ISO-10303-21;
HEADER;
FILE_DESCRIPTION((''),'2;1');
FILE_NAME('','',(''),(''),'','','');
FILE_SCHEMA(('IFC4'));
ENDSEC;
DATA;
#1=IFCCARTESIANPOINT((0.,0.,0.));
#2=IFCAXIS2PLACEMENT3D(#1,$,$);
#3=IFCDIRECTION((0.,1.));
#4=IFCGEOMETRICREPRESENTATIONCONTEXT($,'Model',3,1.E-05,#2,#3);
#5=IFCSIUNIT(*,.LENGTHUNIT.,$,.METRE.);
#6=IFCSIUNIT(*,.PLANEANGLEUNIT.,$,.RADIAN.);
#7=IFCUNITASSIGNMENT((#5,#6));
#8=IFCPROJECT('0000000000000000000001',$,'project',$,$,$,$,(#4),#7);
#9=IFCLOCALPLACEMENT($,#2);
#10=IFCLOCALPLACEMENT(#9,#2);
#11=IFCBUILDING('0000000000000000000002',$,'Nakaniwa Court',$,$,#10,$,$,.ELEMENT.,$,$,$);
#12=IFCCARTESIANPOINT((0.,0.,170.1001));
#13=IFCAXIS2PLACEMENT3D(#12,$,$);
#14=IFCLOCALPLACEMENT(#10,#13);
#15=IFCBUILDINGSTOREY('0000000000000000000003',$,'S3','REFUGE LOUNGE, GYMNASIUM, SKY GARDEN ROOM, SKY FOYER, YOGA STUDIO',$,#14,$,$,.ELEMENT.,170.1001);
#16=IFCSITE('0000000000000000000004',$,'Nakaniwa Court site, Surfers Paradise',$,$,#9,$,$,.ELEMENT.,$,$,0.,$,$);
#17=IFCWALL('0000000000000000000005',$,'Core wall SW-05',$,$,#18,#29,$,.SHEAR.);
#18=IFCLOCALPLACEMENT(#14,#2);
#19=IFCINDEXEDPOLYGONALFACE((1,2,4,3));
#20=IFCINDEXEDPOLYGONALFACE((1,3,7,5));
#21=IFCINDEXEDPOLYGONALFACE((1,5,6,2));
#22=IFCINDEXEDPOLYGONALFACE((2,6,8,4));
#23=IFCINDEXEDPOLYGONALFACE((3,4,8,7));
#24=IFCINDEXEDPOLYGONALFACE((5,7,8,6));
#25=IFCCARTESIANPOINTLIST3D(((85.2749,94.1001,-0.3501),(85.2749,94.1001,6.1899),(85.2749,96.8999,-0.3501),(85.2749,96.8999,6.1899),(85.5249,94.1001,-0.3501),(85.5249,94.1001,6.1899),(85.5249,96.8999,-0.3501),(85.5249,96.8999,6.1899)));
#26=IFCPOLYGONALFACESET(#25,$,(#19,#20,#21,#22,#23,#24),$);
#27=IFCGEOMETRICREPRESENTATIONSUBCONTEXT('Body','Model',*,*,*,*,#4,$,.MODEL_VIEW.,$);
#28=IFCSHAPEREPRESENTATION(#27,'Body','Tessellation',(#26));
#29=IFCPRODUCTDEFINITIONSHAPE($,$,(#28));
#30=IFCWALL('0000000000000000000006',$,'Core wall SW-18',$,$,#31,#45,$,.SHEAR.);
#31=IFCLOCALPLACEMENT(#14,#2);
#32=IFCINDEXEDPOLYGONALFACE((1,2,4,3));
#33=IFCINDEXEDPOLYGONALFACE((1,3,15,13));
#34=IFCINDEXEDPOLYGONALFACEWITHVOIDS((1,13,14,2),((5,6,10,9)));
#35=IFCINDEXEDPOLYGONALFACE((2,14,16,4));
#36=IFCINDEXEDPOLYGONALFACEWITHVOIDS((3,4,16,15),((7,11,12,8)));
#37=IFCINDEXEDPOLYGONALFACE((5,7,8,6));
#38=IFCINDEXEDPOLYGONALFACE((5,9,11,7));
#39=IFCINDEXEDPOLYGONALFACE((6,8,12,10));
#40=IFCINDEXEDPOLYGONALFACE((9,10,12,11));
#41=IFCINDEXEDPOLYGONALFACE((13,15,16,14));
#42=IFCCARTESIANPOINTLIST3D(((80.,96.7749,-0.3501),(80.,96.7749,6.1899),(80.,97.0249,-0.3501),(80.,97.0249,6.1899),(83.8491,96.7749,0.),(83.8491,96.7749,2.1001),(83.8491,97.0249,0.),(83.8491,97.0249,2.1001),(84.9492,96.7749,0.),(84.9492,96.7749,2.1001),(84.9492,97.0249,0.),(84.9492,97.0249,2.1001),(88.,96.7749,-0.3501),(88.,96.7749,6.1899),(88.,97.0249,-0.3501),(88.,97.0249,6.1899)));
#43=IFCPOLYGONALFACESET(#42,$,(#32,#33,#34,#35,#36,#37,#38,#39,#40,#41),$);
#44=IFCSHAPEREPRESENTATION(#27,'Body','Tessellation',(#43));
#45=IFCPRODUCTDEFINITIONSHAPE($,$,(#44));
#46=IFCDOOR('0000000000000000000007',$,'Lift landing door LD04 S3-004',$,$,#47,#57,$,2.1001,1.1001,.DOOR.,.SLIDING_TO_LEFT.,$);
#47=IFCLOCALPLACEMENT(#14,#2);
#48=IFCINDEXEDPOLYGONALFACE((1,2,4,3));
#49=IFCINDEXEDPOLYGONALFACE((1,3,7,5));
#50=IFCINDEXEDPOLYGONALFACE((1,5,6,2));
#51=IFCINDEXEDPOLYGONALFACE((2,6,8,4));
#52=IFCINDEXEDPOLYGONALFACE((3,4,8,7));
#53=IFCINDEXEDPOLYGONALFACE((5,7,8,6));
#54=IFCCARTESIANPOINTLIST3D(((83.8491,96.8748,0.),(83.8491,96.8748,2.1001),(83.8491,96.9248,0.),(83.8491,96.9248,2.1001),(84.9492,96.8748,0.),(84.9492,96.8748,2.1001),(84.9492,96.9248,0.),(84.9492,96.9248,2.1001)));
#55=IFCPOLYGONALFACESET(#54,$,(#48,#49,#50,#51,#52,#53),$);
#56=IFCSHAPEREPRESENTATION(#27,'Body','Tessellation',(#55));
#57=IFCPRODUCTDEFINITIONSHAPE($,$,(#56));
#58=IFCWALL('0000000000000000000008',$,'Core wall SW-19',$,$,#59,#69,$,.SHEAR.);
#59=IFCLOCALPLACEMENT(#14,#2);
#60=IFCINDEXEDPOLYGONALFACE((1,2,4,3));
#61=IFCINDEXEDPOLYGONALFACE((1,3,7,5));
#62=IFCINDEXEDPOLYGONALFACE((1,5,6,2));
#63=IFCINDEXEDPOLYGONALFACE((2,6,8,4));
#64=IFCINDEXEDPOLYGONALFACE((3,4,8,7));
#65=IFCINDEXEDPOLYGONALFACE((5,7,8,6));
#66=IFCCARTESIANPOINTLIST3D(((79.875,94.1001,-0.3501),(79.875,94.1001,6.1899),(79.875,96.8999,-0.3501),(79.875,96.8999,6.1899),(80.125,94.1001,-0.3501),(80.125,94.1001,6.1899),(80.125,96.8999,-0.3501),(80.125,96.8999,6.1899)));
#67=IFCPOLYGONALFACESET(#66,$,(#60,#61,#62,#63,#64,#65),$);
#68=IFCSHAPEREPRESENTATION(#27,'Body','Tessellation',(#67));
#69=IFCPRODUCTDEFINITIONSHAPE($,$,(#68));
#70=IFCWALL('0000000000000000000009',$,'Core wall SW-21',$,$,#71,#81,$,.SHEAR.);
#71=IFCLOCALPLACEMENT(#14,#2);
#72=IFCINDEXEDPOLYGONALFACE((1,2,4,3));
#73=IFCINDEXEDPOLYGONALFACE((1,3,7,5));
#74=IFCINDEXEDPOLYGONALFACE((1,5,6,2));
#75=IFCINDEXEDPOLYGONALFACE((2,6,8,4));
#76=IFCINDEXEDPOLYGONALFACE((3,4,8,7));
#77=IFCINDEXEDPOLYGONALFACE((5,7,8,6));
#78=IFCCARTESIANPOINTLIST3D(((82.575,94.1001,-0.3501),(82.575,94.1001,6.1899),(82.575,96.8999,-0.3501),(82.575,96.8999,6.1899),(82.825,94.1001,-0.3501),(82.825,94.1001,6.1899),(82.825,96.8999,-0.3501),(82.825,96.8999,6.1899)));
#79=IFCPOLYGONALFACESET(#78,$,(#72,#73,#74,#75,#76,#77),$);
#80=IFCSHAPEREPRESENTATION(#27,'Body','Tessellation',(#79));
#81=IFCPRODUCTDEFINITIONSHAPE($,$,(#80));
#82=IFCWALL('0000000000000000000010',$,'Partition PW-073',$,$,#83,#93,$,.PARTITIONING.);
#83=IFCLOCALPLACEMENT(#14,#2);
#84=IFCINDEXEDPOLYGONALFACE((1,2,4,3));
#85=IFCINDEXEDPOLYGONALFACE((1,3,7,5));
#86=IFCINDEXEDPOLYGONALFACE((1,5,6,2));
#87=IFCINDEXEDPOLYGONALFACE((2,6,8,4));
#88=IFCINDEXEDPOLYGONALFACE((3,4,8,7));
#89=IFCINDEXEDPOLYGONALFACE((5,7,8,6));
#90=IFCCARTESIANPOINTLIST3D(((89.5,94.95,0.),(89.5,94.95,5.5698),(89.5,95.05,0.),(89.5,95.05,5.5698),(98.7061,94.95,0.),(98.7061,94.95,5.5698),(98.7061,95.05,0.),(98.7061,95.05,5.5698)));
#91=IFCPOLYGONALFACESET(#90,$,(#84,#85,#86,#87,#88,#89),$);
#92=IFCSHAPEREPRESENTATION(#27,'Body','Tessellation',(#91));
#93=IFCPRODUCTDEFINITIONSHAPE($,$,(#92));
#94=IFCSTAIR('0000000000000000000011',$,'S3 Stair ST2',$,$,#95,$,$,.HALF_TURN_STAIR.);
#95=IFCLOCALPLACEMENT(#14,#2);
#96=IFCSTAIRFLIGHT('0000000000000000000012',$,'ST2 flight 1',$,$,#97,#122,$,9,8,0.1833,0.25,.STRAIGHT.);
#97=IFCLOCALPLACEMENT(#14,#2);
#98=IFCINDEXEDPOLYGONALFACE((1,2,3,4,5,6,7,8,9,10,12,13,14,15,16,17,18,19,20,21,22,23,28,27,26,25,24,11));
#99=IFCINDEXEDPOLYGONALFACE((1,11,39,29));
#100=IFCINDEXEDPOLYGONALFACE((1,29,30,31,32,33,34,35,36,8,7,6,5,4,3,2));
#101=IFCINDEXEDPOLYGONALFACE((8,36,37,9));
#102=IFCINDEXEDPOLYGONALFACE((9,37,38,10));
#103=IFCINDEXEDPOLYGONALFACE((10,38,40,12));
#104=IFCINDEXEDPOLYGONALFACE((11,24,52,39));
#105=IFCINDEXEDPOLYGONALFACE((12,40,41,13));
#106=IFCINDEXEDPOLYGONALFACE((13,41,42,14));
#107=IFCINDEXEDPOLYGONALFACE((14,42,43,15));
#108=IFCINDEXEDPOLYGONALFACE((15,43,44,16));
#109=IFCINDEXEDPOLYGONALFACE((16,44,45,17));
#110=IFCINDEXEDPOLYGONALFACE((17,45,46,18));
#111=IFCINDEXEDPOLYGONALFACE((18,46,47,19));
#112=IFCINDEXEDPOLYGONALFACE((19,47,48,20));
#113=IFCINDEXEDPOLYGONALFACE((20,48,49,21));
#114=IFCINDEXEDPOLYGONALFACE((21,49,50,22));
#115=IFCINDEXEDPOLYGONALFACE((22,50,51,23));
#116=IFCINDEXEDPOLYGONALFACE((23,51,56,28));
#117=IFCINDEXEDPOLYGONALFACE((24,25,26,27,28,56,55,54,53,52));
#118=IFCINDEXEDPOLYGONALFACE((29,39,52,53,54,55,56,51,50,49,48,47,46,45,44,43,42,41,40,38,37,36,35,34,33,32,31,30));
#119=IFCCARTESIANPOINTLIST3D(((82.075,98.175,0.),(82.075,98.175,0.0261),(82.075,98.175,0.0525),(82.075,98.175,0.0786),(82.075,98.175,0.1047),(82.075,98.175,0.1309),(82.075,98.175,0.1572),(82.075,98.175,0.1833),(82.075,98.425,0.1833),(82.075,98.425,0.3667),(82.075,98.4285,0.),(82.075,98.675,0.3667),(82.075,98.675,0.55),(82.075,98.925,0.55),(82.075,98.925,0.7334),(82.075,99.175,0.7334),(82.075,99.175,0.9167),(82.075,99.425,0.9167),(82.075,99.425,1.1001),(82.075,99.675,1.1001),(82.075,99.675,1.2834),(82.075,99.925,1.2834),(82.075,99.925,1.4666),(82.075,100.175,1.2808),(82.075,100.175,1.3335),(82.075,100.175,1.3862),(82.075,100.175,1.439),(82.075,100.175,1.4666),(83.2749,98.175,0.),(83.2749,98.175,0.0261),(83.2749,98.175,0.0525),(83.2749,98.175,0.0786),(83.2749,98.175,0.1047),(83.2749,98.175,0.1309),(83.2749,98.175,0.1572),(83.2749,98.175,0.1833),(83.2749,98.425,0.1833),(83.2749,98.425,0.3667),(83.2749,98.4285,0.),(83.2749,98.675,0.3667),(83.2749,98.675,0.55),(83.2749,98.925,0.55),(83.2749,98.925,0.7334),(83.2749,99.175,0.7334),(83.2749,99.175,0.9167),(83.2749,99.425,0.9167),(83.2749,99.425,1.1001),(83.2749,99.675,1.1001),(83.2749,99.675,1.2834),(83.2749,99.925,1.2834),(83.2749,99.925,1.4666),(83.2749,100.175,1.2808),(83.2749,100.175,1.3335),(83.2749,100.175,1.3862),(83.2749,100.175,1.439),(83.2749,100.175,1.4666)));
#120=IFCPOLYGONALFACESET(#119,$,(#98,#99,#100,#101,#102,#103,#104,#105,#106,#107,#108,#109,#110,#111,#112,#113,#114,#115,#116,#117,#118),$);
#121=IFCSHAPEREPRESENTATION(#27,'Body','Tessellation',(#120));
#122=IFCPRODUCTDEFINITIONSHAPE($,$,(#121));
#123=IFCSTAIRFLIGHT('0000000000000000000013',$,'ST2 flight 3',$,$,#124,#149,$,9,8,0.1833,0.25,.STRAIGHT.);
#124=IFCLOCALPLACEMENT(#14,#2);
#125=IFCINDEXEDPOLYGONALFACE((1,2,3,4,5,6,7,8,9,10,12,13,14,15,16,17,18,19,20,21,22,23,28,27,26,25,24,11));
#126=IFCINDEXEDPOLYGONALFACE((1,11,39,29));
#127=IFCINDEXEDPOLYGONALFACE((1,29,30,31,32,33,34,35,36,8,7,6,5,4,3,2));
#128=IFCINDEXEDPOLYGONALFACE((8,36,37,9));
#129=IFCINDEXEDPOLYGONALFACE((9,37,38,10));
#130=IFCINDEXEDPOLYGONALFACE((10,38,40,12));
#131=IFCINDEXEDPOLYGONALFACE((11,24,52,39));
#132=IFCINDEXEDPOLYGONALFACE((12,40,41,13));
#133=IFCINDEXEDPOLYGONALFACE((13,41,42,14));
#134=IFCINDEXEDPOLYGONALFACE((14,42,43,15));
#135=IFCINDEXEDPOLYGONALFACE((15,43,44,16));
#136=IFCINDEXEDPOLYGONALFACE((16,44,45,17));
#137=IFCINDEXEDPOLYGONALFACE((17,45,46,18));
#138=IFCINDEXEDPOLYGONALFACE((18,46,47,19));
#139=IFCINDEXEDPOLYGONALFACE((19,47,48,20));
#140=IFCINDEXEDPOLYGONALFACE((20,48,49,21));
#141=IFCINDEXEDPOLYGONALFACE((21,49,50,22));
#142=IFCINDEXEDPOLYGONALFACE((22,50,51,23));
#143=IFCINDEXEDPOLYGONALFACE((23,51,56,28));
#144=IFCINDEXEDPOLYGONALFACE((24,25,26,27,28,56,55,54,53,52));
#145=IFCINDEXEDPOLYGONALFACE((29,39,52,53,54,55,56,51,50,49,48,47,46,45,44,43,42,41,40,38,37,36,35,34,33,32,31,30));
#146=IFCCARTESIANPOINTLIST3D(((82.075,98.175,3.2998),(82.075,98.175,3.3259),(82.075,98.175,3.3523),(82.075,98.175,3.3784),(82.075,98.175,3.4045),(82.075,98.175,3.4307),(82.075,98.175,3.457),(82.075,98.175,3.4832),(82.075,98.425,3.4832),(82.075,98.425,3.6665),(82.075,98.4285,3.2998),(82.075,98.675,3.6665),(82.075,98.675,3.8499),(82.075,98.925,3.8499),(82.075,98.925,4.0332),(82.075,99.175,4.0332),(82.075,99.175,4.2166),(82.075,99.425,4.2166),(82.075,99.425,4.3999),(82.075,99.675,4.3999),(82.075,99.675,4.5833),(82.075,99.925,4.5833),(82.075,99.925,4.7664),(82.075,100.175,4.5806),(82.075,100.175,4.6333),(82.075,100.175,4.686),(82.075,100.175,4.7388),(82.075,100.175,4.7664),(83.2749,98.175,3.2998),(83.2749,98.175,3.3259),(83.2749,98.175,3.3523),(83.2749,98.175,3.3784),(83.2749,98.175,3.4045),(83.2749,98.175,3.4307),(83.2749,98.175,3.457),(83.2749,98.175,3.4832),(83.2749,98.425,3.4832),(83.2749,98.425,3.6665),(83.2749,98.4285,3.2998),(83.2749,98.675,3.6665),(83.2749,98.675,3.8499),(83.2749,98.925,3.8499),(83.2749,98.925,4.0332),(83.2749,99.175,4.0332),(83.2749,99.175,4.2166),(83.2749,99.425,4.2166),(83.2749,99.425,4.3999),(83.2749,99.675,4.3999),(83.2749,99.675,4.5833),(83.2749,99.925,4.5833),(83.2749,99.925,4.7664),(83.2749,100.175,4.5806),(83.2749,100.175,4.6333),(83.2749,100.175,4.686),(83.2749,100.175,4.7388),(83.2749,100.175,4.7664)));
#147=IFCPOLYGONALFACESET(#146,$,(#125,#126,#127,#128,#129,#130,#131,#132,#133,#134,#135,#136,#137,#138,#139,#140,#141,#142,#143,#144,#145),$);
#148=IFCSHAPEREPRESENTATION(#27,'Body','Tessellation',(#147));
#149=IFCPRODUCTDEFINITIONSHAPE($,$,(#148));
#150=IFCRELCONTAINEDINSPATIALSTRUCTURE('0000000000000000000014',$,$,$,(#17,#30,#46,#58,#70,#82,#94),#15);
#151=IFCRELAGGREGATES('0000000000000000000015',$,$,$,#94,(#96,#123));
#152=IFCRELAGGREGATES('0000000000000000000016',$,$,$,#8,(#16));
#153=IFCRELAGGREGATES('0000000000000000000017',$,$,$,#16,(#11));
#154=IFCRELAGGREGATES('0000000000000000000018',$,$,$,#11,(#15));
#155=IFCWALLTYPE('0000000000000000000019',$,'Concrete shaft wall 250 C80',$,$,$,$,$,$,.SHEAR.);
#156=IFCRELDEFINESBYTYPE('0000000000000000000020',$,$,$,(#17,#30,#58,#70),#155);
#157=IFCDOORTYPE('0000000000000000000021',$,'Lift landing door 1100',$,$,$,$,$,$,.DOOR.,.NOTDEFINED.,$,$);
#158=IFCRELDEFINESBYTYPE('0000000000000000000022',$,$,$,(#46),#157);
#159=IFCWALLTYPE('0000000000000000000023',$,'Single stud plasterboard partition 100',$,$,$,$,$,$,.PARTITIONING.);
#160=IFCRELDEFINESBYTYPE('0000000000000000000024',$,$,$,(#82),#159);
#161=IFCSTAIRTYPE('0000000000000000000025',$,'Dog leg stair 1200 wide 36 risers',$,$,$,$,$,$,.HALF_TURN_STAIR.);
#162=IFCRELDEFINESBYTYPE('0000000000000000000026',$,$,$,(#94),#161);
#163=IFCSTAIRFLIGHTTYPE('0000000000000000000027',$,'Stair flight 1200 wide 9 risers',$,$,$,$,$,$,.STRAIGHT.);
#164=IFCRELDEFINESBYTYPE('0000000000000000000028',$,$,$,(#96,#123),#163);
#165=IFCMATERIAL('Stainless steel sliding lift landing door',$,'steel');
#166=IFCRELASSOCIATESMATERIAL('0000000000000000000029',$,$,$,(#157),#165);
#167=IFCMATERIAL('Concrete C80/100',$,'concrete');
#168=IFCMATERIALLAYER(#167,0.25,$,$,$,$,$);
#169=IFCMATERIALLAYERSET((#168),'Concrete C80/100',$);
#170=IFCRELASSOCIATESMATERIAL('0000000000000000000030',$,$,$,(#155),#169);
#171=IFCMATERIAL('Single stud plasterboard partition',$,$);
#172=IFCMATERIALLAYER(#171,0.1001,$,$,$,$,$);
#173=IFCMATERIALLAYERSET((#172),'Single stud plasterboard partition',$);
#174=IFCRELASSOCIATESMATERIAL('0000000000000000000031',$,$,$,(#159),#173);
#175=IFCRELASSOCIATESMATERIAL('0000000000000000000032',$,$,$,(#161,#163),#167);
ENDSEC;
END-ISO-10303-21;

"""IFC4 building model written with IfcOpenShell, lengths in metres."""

from ifc_helpers import new_model, si_unit, direction, frame, frame_2d, origin, place, context, subcontext, project, spatial, polyline, rectangle, outline, extrude, material, layer, layer_set, type_object, element, fill, aggregate, save


model = new_model("IFC4")

# Units and contexts
model_context = context("Model", 3, precision=1e-05, world=origin(), true_north=direction((0.0, 1.0)))
body_context = subcontext(model_context, "Body", "Model", "MODEL_VIEW")
ifc_project = project(units=[si_unit("LENGTHUNIT", "METRE"), si_unit("PLANEANGLEUNIT", "RADIAN")], contexts=[model_context])

# Site, building, storey
site_placement = place(None, origin())
site = spatial("IfcSite", under=ifc_project, at=site_placement, Name="Nakaniwa Court site, Surfers Paradise", CompositionType="ELEMENT", RefElevation=0.0)
building_placement = place(site_placement, origin())
building = spatial("IfcBuilding", under=site, at=building_placement, Name="Nakaniwa Court", CompositionType="ELEMENT")
storey_placement = place(building_placement, frame((0.0, 0.0, 170.1001)))
storey = spatial("IfcBuildingStorey", under=building, at=storey_placement, Name="S3", Description="REFUGE LOUNGE, GYMNASIUM, SKY GARDEN ROOM, SKY FOYER, YOGA STUDIO", CompositionType="ELEMENT", Elevation=170.1001)

# Shared definitions
ifc_material_1 = material(Name="Concrete C80/100", Category="concrete")

# Shared definitions
ifc_material_2 = material(Name="Stainless steel sliding lift landing door", Category="steel")
door_type_1 = type_object("IfcDoorType", Name="Lift landing door 1100", OperationType="NOTDEFINED", PredefinedType="DOOR", material=ifc_material_2)

# Wall
ifc_layer_1 = layer(ifc_material_1, 0.25)
ifc_layer_set_1 = layer_set([ifc_layer_1], Name="Concrete C80/100")
wall_type_1 = type_object("IfcWallType", Name="Concrete shaft wall 250 C80", PredefinedType="SHEAR", material=ifc_layer_set_1)
wall_1_placement = place(storey_placement, frame((85.3999, 94.1001, -0.3501), z_axis=(0.0, 0.0, 1.0), x_axis=(0.0, 1.0, 0.0)))
element("IfcWall", 1, at=wall_1_placement, inside=storey, type_object=wall_type_1, Name="Core wall SW-05", PredefinedType="SHEAR", context=body_context, shape_type="SweptSolid", body=[
    extrude(rectangle(XDim=2.7998, YDim=0.25, at=frame_2d((1.3999, 0.0))), origin(), (0.0, 0.0, 1.0), 6.54),
])

# Wall, opening, door
wall_2_placement = place(storey_placement, frame((80.0, 96.8999, -0.3501), z_axis=(0.0, 0.0, 1.0), x_axis=(1.0, 0.0, 0.0)))
wall_2 = element("IfcWall", 2, at=wall_2_placement, inside=storey, type_object=wall_type_1, Name="Core wall SW-18", PredefinedType="SHEAR", context=body_context, shape_type="SweptSolid", body=[
    extrude(rectangle(XDim=8.0, YDim=0.25, at=frame_2d((4.0, 0.0))), origin(), (0.0, 0.0, 1.0), 6.54),
])
opening_1_placement = place(wall_2_placement, frame((3.8491, 0.0, 0.3501)))
opening_1 = element("IfcOpeningElement", 3, at=opening_1_placement, cuts=wall_2, PredefinedType="OPENING", context=body_context, shape_type="SweptSolid", body=[
    extrude(rectangle(XDim=1.1001, YDim=2.1001, at=frame_2d((0.55, 1.05))), frame((0.0, 0.135, 0.0), z_axis=(0.0, -1.0, 0.0), x_axis=(1.0, 0.0, 0.0)), (0.0, 0.0, 1.0), 0.27),
])
door_1_placement = place(opening_1_placement, origin())
door_1 = element("IfcDoor", 4, at=door_1_placement, inside=storey, type_object=door_type_1, Name="Lift landing door LD04 S3-004", OperationType="SLIDING_TO_LEFT", OverallHeight=2.1001, OverallWidth=1.1001, PredefinedType="DOOR", context=body_context, shape_type="SweptSolid", body=[
    extrude(rectangle(XDim=1.1001, YDim=2.1001, at=frame_2d((0.55, 1.05))), frame((0.0, 0.0249, 0.0), z_axis=(0.0, -1.0, 0.0), x_axis=(1.0, 0.0, 0.0)), (0.0, 0.0, 1.0), 0.05),
])
fill(opening_1, door_1)

# Walls
for number, where, z_axis, x_axis, name in (
    (5, (80.0, 94.1001, -0.3501), (0.0, 0.0, 1.0), (0.0, 1.0, 0.0), "Core wall SW-19"),
    (6, (82.7, 94.1001, -0.3501), (0.0, 0.0, 1.0), (0.0, 1.0, 0.0), "Core wall SW-21"),
):
    element("IfcWall", number, at=place(storey_placement, frame(where, z_axis=z_axis, x_axis=x_axis)), inside=storey, type_object=wall_type_1, Name=name, PredefinedType="SHEAR", context=body_context, shape_type="SweptSolid", body=[
        extrude(rectangle(XDim=2.7998, YDim=0.25, at=frame_2d((1.3999, 0.0))), origin(), (0.0, 0.0, 1.0), 6.54),
    ])
ifc_material_3 = material(Name="Single stud plasterboard partition")
ifc_layer_2 = layer(ifc_material_3, 0.1001)
ifc_layer_set_2 = layer_set([ifc_layer_2], Name="Single stud plasterboard partition")
wall_type_2 = type_object("IfcWallType", Name="Single stud plasterboard partition 100", PredefinedType="PARTITIONING", material=ifc_layer_set_2)
wall_3_placement = place(storey_placement, frame((89.5, 95.0, 0.0), z_axis=(0.0, 0.0, 1.0), x_axis=(1.0, 0.0, 0.0)))
element("IfcWall", 7, at=wall_3_placement, inside=storey, type_object=wall_type_2, Name="Partition PW-073", PredefinedType="PARTITIONING", context=body_context, shape_type="SweptSolid", body=[
    extrude(rectangle(XDim=9.2061, YDim=0.1001, at=frame_2d((4.603, 0.0))), origin(), (0.0, 0.0, 1.0), 5.5698),
])

# Stair, stair flights
stair_type = type_object("IfcStairType", Name="Dog leg stair 1200 wide 36 risers", PredefinedType="HALF_TURN_STAIR", material=ifc_material_1)
stair_placement = place(storey_placement, origin())
stair = element("IfcStair", 8, at=stair_placement, inside=storey, type_object=stair_type, Name="S3 Stair ST2", PredefinedType="HALF_TURN_STAIR")
stair_flight_type = type_object("IfcStairFlightType", Name="Stair flight 1200 wide 9 risers", PredefinedType="STRAIGHT", material=ifc_material_1)
stair_flight_1_placement = place(storey_placement, frame((82.675, 98.175, 0.0), z_axis=(0.0, 0.0, 1.0), x_axis=(0.0, 1.0, 0.0)))
stair_flight_1 = element("IfcStairFlight", 9, at=stair_flight_1_placement, type_object=stair_flight_type, Name="ST2 flight 1", NumberOfRisers=9, NumberOfTreads=8, PredefinedType="STRAIGHT", RiserHeight=0.1833, TreadLength=0.25, context=body_context, shape_type="SweptSolid", body=[
    extrude(outline(polyline([(0.0, 0.0), (0.0, 0.0261), (0.0, 0.0525), (0.0, 0.0786), (0.0, 0.1047), (0.0, 0.1309), (0.0, 0.1572), (0.0, 0.1833), (0.25, 0.1833), (0.25, 0.3667), (0.5, 0.3667), (0.5, 0.55), (0.75, 0.55), (0.75, 0.7334), (1.0, 0.7334), (1.0, 0.9167), (1.25, 0.9167), (1.25, 1.1001), (1.5, 1.1001), (1.5, 1.2834), (1.75, 1.2834), (1.75, 1.4666), (2.0, 1.4666), (2.0, 1.6499), (2.0, 1.5972), (2.0, 1.5444), (2.0, 1.4917), (2.0, 1.439), (2.0, 1.3862), (2.0, 1.3335), (2.0, 1.2808), (0.2534, 0.0), (0.0, 0.0)])), frame((0.0, 0.6001, 0.0), z_axis=(0.0, -1.0, 0.0), x_axis=(1.0, 0.0, 0.0)), (0.0, 0.0, 1.0), 1.2),
])
stair_flight_2_placement = place(storey_placement, frame((82.675, 98.175, 3.2998), z_axis=(0.0, 0.0, 1.0), x_axis=(0.0, 1.0, 0.0)))
stair_flight_2 = element("IfcStairFlight", 10, at=stair_flight_2_placement, type_object=stair_flight_type, Name="ST2 flight 3", NumberOfRisers=9, NumberOfTreads=8, PredefinedType="STRAIGHT", RiserHeight=0.1833, TreadLength=0.25, context=body_context, shape_type="SweptSolid", body=[
    extrude(outline(polyline([(0.0, 0.0), (0.0, 0.0261), (0.0, 0.0525), (0.0, 0.0786), (0.0, 0.1047), (0.0, 0.1309), (0.0, 0.1572), (0.0, 0.1833), (0.25, 0.1833), (0.25, 0.3667), (0.5, 0.3667), (0.5, 0.55), (0.75, 0.55), (0.75, 0.7334), (1.0, 0.7334), (1.0, 0.9167), (1.25, 0.9167), (1.25, 1.1001), (1.5, 1.1001), (1.5, 1.2834), (1.75, 1.2834), (1.75, 1.4666), (2.0, 1.4666), (2.0, 1.6499), (2.0, 1.5972), (2.0, 1.5444), (2.0, 1.4917), (2.0, 1.439), (2.0, 1.3862), (2.0, 1.3335), (2.0, 1.2808), (0.2534, 0.0), (0.0, 0.0)])), frame((0.0, 0.6001, 0.0), z_axis=(0.0, -1.0, 0.0), x_axis=(1.0, 0.0, 0.0)), (0.0, 0.0, 1.0), 1.2),
])
aggregate(stair, [stair_flight_1, stair_flight_2])

save(model, "model.ifc")
